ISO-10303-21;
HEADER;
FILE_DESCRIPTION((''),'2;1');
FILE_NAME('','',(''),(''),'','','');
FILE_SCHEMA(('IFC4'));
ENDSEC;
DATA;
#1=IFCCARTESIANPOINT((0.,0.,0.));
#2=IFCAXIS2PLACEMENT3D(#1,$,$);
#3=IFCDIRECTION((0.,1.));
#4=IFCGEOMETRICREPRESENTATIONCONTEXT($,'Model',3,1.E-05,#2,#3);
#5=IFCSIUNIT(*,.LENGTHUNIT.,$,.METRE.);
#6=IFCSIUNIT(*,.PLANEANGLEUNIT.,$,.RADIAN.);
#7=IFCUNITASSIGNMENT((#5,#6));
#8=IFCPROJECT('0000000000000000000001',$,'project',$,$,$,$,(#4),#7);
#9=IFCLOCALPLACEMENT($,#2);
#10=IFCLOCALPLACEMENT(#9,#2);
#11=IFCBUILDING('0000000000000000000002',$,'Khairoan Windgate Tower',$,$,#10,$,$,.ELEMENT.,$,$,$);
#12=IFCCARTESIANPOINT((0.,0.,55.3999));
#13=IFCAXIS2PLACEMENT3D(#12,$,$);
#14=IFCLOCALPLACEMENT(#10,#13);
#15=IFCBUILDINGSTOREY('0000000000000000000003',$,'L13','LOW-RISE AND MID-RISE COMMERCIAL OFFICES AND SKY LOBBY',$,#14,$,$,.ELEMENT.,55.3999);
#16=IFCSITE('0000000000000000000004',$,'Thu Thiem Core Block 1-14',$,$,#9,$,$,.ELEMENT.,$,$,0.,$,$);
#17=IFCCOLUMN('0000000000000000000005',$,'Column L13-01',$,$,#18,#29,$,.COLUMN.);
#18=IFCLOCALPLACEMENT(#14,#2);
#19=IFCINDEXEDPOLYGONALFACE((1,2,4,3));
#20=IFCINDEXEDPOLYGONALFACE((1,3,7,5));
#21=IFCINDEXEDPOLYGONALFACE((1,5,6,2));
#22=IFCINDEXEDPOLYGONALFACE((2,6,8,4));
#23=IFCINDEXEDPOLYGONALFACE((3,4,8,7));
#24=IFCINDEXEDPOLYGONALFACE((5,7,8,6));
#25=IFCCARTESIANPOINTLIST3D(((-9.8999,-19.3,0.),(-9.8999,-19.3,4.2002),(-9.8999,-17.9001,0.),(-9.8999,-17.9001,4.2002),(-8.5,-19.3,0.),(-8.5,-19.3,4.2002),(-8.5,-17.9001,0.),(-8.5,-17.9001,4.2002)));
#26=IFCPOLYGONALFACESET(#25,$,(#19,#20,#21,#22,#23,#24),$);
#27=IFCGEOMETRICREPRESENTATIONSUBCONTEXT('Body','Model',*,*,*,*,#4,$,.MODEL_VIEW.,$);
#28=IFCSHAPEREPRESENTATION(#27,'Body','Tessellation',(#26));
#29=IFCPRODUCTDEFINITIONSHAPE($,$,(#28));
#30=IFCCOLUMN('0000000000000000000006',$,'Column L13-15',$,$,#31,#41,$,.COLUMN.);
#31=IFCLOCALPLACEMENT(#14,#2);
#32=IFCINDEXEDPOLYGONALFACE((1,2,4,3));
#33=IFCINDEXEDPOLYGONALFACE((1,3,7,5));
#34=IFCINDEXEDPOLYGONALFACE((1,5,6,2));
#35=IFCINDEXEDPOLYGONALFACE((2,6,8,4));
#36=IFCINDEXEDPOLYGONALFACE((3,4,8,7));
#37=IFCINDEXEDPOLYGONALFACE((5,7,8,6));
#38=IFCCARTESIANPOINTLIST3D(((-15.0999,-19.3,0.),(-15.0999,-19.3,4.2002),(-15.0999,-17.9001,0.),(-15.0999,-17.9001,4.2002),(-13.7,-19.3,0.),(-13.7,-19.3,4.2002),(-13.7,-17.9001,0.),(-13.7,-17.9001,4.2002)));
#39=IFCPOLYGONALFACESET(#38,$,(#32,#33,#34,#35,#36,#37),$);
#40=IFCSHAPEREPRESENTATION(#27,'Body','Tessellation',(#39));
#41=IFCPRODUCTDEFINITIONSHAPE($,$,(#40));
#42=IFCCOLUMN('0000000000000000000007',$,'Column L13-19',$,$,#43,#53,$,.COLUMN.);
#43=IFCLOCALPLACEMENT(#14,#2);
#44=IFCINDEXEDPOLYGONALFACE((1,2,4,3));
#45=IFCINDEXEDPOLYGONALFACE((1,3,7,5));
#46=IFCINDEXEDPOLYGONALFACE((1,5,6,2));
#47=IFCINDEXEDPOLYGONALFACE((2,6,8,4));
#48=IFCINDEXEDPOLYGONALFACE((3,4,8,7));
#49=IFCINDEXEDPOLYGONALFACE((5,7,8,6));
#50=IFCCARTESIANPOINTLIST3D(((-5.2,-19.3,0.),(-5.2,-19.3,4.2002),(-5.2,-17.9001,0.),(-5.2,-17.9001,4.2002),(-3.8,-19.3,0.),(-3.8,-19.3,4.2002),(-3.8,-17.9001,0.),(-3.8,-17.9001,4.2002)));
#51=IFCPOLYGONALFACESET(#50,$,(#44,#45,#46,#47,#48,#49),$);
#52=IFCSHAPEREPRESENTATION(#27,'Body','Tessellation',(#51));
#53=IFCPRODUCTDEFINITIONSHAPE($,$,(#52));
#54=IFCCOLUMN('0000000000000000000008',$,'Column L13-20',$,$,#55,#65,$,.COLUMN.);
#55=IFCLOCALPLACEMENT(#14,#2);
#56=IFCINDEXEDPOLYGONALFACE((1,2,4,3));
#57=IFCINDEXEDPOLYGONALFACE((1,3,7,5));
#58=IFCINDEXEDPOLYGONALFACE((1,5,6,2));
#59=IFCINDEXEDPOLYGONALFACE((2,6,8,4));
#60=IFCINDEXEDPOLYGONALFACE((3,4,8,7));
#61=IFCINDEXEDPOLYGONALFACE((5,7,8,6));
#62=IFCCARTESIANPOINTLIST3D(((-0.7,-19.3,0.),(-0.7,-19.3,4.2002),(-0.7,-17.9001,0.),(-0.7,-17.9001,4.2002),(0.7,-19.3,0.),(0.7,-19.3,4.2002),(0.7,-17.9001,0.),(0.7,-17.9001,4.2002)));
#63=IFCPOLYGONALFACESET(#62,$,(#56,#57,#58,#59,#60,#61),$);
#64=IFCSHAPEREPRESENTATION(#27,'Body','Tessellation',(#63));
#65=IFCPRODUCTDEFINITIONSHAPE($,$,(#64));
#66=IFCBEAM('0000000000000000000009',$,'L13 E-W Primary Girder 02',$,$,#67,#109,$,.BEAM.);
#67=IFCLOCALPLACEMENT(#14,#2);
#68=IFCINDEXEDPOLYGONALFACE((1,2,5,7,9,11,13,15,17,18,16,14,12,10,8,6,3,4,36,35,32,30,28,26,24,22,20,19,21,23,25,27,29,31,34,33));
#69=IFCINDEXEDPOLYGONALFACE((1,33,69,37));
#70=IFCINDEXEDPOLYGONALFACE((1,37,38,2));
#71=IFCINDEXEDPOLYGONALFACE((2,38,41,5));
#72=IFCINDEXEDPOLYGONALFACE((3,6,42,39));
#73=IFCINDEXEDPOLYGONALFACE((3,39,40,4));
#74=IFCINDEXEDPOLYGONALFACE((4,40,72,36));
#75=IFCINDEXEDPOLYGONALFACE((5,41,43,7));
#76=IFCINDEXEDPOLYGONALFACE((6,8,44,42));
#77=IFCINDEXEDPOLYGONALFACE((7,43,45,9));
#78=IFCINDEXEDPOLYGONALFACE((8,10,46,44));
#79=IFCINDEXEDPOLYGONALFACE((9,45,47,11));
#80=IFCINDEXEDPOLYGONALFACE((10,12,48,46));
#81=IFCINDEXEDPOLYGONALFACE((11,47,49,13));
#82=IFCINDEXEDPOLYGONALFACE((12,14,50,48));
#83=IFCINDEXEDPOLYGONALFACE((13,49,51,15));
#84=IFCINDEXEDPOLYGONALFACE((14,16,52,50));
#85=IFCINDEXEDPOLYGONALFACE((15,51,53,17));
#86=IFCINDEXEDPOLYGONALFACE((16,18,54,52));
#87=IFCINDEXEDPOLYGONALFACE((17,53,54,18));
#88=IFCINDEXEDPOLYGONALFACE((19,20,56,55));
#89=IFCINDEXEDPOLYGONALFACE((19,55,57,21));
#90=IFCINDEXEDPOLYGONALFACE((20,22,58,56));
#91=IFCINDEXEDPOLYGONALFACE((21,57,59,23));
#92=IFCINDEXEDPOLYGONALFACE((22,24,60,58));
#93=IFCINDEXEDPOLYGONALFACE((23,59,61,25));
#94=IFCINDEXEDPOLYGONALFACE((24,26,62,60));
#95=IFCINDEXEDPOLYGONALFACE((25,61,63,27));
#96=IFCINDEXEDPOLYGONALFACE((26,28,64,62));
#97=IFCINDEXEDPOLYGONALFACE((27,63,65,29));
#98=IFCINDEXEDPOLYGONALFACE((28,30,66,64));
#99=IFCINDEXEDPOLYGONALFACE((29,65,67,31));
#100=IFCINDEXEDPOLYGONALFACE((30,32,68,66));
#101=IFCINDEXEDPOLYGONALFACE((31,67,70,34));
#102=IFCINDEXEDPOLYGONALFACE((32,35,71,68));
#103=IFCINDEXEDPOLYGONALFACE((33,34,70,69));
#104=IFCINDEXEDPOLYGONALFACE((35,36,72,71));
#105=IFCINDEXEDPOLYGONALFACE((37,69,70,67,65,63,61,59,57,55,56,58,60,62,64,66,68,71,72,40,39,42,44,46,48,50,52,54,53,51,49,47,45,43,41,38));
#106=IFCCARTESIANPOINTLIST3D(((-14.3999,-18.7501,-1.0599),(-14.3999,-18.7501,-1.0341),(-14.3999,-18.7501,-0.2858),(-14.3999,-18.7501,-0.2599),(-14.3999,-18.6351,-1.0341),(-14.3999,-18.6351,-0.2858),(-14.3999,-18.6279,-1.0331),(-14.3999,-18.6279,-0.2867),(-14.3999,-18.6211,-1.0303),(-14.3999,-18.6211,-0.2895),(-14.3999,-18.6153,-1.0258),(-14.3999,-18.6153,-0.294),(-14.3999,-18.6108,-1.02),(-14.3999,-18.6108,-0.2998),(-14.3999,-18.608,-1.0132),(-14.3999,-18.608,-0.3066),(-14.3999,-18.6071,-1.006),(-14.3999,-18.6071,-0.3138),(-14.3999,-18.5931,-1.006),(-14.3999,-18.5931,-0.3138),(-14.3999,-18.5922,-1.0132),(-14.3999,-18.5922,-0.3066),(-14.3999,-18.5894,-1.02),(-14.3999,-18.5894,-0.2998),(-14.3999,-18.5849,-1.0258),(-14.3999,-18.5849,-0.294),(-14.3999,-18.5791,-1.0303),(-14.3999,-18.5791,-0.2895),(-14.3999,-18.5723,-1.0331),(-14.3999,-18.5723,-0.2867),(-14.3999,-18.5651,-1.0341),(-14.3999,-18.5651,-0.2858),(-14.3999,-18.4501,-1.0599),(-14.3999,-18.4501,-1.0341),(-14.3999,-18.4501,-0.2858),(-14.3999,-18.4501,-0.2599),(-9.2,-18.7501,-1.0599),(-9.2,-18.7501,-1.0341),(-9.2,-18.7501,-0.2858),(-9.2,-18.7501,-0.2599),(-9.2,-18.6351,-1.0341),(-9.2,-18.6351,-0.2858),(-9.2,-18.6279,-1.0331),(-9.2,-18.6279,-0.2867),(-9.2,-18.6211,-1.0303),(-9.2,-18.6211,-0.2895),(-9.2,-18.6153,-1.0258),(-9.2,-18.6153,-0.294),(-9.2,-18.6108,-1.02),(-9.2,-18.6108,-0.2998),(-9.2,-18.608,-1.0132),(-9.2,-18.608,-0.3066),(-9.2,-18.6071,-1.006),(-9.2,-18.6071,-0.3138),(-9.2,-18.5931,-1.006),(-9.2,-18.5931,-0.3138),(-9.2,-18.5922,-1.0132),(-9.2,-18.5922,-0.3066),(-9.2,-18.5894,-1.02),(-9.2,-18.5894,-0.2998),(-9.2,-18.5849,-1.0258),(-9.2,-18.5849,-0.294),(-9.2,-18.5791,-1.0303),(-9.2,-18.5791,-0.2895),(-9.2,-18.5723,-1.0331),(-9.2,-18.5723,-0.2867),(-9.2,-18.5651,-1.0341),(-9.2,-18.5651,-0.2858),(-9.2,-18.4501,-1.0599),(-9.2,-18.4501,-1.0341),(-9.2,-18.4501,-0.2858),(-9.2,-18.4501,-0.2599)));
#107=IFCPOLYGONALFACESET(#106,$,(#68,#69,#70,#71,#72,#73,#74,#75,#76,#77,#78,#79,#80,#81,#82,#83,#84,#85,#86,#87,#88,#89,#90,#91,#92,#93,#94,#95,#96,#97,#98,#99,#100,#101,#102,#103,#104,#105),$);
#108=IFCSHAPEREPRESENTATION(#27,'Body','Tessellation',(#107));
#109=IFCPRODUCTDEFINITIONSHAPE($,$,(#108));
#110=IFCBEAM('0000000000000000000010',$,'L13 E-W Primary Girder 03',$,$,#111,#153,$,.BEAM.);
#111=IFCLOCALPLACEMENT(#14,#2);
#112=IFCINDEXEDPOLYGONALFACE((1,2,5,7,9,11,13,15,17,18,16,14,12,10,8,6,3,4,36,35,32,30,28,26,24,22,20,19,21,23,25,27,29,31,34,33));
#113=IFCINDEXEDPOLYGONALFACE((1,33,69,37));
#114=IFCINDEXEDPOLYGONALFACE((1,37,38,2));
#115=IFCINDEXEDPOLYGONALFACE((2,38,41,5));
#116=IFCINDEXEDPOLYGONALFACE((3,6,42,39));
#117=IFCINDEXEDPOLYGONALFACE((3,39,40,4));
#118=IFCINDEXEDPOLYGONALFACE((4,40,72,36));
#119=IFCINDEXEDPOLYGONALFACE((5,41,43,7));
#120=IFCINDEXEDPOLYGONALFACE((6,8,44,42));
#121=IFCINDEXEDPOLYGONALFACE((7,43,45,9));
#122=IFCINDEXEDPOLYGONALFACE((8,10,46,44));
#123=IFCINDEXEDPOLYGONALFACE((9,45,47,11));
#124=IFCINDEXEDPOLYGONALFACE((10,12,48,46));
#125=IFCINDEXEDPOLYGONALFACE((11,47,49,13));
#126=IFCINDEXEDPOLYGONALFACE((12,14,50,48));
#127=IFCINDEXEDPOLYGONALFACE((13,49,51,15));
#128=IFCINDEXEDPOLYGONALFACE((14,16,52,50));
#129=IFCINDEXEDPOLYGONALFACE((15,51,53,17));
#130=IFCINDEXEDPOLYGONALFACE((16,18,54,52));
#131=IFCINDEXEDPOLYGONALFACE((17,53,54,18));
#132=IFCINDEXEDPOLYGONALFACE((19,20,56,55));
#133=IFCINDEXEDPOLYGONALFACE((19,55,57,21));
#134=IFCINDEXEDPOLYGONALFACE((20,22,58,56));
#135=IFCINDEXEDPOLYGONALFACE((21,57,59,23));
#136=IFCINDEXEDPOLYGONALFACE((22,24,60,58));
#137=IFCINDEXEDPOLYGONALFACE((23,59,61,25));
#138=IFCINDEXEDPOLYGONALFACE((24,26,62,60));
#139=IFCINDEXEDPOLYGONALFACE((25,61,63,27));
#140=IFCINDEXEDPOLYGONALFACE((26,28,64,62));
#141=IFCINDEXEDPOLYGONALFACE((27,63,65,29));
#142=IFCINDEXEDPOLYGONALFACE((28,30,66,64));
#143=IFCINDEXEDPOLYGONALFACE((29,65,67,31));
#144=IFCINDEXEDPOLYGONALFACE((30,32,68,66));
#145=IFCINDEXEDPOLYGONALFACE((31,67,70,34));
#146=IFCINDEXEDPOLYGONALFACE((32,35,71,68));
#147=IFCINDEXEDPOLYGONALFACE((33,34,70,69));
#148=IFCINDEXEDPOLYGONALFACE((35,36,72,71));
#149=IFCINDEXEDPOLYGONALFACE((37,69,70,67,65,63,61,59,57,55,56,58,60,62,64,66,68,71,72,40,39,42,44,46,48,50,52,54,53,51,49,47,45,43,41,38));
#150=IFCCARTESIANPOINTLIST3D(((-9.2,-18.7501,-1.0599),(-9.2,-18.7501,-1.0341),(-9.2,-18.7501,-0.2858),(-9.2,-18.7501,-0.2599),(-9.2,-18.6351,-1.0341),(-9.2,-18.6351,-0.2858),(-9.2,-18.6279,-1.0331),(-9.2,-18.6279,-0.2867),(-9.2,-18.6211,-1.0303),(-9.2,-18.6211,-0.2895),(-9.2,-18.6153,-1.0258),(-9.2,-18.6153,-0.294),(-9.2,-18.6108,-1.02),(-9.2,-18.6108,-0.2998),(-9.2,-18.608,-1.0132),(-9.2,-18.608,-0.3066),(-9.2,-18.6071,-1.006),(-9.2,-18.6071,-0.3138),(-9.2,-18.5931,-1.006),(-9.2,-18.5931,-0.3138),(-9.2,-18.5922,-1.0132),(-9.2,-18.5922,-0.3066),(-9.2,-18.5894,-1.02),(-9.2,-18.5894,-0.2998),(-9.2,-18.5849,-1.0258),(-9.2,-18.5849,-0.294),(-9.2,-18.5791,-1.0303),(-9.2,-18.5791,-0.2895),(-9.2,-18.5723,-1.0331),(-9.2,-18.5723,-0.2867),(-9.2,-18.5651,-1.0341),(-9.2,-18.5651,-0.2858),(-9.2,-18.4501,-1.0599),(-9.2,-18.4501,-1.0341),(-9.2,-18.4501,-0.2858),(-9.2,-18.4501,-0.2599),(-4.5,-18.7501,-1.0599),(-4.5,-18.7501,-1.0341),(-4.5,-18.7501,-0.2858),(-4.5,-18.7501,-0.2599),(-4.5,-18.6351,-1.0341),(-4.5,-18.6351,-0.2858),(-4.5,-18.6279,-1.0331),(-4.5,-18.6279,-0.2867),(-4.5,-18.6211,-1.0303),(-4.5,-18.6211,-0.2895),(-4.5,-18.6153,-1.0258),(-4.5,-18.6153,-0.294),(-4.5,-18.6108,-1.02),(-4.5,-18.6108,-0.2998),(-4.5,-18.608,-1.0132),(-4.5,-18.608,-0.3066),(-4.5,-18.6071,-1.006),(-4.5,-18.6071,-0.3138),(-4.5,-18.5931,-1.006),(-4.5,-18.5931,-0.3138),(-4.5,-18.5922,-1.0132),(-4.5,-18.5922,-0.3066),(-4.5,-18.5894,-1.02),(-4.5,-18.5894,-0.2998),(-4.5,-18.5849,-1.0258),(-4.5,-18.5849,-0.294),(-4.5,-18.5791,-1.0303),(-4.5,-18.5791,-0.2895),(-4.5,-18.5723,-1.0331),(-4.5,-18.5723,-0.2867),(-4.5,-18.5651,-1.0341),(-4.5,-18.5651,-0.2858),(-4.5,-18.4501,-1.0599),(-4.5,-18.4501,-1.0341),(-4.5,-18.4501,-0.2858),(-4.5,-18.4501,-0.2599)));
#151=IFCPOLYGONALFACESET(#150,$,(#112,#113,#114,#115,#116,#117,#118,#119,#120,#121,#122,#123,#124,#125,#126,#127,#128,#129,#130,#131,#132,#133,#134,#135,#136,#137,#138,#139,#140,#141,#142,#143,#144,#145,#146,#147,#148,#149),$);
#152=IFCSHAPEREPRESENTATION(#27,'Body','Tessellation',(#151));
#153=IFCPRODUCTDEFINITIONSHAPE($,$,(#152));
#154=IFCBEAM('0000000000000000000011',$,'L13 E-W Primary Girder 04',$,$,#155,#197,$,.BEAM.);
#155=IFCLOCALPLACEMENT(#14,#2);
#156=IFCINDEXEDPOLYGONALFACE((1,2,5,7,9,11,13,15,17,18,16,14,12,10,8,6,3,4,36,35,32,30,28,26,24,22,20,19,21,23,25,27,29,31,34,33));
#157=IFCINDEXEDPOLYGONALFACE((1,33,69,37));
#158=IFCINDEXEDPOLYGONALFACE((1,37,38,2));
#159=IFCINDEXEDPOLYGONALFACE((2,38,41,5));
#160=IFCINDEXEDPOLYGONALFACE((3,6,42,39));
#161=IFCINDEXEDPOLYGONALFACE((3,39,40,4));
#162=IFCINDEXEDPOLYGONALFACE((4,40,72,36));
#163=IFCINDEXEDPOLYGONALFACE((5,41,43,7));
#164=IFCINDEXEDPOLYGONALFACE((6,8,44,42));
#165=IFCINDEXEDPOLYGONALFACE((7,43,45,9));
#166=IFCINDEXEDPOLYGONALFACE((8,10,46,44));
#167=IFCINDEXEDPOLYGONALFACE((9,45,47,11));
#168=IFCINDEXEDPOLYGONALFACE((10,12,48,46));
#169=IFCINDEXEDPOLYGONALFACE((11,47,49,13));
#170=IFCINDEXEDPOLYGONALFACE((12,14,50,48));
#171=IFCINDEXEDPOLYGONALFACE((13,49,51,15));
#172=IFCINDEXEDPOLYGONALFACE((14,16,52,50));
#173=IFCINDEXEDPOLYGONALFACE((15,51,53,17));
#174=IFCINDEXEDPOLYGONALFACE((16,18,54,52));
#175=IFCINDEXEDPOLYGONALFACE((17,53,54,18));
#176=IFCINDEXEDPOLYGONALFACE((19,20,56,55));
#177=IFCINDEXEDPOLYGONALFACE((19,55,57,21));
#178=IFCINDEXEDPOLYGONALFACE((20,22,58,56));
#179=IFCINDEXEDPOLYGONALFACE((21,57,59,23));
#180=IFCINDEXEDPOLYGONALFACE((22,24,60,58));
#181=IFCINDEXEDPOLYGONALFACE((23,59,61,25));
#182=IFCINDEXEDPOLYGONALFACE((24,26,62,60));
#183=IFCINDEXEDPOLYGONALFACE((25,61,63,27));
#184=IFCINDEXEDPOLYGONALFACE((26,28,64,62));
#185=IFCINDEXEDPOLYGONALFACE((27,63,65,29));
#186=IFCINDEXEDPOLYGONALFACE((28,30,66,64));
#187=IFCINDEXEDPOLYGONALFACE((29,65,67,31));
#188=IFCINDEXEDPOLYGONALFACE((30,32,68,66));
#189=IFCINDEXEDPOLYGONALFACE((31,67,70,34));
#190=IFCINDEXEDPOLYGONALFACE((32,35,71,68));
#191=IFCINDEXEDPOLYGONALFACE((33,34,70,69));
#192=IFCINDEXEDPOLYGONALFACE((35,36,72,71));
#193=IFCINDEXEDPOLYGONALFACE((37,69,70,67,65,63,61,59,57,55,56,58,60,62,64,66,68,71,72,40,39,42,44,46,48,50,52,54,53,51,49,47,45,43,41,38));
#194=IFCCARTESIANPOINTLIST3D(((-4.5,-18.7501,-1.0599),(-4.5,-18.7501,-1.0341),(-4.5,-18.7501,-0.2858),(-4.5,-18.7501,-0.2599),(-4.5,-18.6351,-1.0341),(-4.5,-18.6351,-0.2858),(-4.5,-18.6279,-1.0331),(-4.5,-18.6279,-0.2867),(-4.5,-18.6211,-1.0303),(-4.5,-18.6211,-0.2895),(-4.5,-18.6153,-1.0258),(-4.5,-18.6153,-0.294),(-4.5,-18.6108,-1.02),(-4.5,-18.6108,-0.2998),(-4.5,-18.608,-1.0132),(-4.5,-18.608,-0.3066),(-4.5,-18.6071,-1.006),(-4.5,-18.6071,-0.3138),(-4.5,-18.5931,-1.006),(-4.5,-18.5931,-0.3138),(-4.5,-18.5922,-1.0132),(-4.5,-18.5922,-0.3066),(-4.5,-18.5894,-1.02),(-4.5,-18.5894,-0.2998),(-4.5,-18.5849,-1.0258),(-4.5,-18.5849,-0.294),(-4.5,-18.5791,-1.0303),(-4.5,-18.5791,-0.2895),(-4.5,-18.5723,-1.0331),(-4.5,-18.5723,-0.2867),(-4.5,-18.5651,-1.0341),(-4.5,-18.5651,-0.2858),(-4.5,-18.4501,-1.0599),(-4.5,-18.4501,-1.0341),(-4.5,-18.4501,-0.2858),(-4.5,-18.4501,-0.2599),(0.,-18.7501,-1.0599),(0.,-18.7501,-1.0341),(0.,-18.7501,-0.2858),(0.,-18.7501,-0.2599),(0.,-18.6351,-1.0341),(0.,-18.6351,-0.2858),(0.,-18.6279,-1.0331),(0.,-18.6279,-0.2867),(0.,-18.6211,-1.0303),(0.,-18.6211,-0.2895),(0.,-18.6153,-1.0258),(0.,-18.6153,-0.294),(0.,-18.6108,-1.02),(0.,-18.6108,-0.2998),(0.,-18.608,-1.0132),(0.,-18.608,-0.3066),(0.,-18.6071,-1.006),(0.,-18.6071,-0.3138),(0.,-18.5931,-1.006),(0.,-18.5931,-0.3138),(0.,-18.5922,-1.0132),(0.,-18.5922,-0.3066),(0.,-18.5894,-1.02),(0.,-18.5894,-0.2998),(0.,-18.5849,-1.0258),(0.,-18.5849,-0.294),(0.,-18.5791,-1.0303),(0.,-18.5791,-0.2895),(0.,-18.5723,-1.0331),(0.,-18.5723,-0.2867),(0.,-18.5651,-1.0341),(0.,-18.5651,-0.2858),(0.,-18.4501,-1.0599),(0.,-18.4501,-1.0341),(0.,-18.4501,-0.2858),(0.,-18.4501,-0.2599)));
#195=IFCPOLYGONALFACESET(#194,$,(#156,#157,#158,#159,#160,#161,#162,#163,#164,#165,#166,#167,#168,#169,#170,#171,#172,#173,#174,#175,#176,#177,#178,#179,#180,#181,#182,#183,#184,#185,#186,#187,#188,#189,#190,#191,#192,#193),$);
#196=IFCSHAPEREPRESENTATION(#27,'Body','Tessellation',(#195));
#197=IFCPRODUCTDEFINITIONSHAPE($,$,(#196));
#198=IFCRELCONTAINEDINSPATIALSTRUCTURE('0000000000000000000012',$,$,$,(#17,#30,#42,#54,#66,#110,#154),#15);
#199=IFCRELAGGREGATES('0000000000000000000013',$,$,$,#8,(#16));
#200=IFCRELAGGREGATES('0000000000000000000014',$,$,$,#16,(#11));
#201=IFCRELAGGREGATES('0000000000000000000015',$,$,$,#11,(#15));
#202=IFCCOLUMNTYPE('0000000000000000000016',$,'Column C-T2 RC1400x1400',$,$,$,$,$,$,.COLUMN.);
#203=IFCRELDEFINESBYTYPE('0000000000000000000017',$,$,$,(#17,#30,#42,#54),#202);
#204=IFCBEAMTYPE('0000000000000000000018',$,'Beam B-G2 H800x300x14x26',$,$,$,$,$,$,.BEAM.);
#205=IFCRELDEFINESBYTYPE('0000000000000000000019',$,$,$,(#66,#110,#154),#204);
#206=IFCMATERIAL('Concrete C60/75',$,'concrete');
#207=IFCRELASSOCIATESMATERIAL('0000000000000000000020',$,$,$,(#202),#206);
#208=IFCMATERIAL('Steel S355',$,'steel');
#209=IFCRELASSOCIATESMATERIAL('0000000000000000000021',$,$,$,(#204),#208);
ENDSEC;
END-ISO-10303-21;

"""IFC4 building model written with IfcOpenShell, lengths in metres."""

from ifc_helpers import new_model, si_unit, direction, frame, origin, origin_2d, place, context, subcontext, project, spatial, rectangle, i_section, extrude, material, material_profile, profile_set, type_object, element, save


model = new_model("IFC4")

# Units and contexts
model_context = context("Model", 3, precision=1e-05, world=origin(), true_north=direction((0.0, 1.0)))
body_context = subcontext(model_context, "Body", "Model", "MODEL_VIEW")
ifc_project = project(units=[si_unit("LENGTHUNIT", "METRE"), si_unit("PLANEANGLEUNIT", "RADIAN")], contexts=[model_context])

# Site, building, storey
site_placement = place(None, origin())
site = spatial("IfcSite", under=ifc_project, at=site_placement, Name="Thu Thiem Core Block 1-14", CompositionType="ELEMENT", RefElevation=0.0)
building_placement = place(site_placement, origin())
building = spatial("IfcBuilding", under=site, at=building_placement, Name="Khairoan Windgate Tower", CompositionType="ELEMENT")
storey_placement = place(building_placement, frame((0.0, 0.0, 55.3999)))
storey = spatial("IfcBuildingStorey", under=building, at=storey_placement, Name="L13", Description="LOW-RISE AND MID-RISE COMMERCIAL OFFICES AND SKY LOBBY", CompositionType="ELEMENT", Elevation=55.3999)

# Columns
ifc_material_1 = material(Name="Concrete C60/75", Category="concrete")
ifc_material_profile_1 = material_profile(ifc_material_1, rectangle(XDim=1.3999, YDim=1.3999, at=origin_2d()))
ifc_profile_set_1 = profile_set([ifc_material_profile_1], Name="Concrete C60/75")
column_type = type_object("IfcColumnType", Name="Column C-T2 RC1400x1400", PredefinedType="COLUMN", material=ifc_profile_set_1)
for number, where, z_axis, x_axis, name in (
    (1, (-9.2, -18.6001, 0.0), (0.0, 0.0, 1.0), (1.0, 0.0, 0.0), "Column L13-01"),
    (2, (-14.3999, -18.6001, 0.0), (0.0, 0.0, 1.0), (1.0, 0.0, 0.0), "Column L13-15"),
    (3, (-4.5, -18.6001, 0.0), (0.0, 0.0, 1.0), (1.0, 0.0, 0.0), "Column L13-19"),
    (4, (0.0, -18.6001, 0.0), (0.0, 0.0, 1.0), (1.0, 0.0, 0.0), "Column L13-20"),
):
    element("IfcColumn", number, at=place(storey_placement, frame(where, z_axis=z_axis, x_axis=x_axis)), inside=storey, type_object=column_type, Name=name, PredefinedType="COLUMN", context=body_context, shape_type="SweptSolid", body=[
        extrude(rectangle(XDim=1.3999, YDim=1.3999, at=origin_2d()), origin(), (0.0, 0.0, 1.0), 4.2002),
    ])

# Beams
ifc_material_2 = material(Name="Steel S355", Category="steel")
ifc_material_profile_2 = material_profile(ifc_material_2, i_section(OverallWidth=0.3, OverallDepth=0.8, WebThickness=0.0139, FlangeThickness=0.0259, FilletRadius=0.0281, at=origin_2d()))
ifc_profile_set_2 = profile_set([ifc_material_profile_2], Name="Steel S355")
beam_type_1 = type_object("IfcBeamType", Name="Beam B-G2 H800x300x14x26", PredefinedType="BEAM", material=ifc_profile_set_2)
beam_1_placement = place(storey_placement, frame((-14.3999, -18.6001, -0.6599), z_axis=(1.0, 0.0, 0.0), x_axis=(0.0, 1.0, 0.0)))
element("IfcBeam", 5, at=beam_1_placement, inside=storey, type_object=beam_type_1, Name="L13 E-W Primary Girder 02", PredefinedType="BEAM", context=body_context, shape_type="SweptSolid", body=[
    extrude(i_section(OverallWidth=0.3, OverallDepth=0.8, WebThickness=0.0139, FlangeThickness=0.0259, FilletRadius=0.0281, at=origin_2d()), origin(), (0.0, 0.0, 1.0), 5.2),
])
beam_2_placement = place(storey_placement, frame((-9.2, -18.6001, -0.6599), z_axis=(1.0, 0.0, 0.0), x_axis=(0.0, 1.0, 0.0)))
element("IfcBeam", 6, at=beam_2_placement, inside=storey, type_object=beam_type_1, Name="L13 E-W Primary Girder 03", PredefinedType="BEAM", context=body_context, shape_type="SweptSolid", body=[
    extrude(i_section(OverallWidth=0.3, OverallDepth=0.8, WebThickness=0.0139, FlangeThickness=0.0259, FilletRadius=0.0281, at=origin_2d()), origin(), (0.0, 0.0, 1.0), 4.7),
])
beam_3_placement = place(storey_placement, frame((-4.5, -18.6001, -0.6599), z_axis=(1.0, 0.0, 0.0), x_axis=(0.0, 1.0, 0.0)))
element("IfcBeam", 7, at=beam_3_placement, inside=storey, type_object=beam_type_1, Name="L13 E-W Primary Girder 04", PredefinedType="BEAM", context=body_context, shape_type="SweptSolid", body=[
    extrude(i_section(OverallWidth=0.3, OverallDepth=0.8, WebThickness=0.0139, FlangeThickness=0.0259, FilletRadius=0.0281, at=origin_2d()), origin(), (0.0, 0.0, 1.0), 4.5),
])

save(model, "model.ifc")
